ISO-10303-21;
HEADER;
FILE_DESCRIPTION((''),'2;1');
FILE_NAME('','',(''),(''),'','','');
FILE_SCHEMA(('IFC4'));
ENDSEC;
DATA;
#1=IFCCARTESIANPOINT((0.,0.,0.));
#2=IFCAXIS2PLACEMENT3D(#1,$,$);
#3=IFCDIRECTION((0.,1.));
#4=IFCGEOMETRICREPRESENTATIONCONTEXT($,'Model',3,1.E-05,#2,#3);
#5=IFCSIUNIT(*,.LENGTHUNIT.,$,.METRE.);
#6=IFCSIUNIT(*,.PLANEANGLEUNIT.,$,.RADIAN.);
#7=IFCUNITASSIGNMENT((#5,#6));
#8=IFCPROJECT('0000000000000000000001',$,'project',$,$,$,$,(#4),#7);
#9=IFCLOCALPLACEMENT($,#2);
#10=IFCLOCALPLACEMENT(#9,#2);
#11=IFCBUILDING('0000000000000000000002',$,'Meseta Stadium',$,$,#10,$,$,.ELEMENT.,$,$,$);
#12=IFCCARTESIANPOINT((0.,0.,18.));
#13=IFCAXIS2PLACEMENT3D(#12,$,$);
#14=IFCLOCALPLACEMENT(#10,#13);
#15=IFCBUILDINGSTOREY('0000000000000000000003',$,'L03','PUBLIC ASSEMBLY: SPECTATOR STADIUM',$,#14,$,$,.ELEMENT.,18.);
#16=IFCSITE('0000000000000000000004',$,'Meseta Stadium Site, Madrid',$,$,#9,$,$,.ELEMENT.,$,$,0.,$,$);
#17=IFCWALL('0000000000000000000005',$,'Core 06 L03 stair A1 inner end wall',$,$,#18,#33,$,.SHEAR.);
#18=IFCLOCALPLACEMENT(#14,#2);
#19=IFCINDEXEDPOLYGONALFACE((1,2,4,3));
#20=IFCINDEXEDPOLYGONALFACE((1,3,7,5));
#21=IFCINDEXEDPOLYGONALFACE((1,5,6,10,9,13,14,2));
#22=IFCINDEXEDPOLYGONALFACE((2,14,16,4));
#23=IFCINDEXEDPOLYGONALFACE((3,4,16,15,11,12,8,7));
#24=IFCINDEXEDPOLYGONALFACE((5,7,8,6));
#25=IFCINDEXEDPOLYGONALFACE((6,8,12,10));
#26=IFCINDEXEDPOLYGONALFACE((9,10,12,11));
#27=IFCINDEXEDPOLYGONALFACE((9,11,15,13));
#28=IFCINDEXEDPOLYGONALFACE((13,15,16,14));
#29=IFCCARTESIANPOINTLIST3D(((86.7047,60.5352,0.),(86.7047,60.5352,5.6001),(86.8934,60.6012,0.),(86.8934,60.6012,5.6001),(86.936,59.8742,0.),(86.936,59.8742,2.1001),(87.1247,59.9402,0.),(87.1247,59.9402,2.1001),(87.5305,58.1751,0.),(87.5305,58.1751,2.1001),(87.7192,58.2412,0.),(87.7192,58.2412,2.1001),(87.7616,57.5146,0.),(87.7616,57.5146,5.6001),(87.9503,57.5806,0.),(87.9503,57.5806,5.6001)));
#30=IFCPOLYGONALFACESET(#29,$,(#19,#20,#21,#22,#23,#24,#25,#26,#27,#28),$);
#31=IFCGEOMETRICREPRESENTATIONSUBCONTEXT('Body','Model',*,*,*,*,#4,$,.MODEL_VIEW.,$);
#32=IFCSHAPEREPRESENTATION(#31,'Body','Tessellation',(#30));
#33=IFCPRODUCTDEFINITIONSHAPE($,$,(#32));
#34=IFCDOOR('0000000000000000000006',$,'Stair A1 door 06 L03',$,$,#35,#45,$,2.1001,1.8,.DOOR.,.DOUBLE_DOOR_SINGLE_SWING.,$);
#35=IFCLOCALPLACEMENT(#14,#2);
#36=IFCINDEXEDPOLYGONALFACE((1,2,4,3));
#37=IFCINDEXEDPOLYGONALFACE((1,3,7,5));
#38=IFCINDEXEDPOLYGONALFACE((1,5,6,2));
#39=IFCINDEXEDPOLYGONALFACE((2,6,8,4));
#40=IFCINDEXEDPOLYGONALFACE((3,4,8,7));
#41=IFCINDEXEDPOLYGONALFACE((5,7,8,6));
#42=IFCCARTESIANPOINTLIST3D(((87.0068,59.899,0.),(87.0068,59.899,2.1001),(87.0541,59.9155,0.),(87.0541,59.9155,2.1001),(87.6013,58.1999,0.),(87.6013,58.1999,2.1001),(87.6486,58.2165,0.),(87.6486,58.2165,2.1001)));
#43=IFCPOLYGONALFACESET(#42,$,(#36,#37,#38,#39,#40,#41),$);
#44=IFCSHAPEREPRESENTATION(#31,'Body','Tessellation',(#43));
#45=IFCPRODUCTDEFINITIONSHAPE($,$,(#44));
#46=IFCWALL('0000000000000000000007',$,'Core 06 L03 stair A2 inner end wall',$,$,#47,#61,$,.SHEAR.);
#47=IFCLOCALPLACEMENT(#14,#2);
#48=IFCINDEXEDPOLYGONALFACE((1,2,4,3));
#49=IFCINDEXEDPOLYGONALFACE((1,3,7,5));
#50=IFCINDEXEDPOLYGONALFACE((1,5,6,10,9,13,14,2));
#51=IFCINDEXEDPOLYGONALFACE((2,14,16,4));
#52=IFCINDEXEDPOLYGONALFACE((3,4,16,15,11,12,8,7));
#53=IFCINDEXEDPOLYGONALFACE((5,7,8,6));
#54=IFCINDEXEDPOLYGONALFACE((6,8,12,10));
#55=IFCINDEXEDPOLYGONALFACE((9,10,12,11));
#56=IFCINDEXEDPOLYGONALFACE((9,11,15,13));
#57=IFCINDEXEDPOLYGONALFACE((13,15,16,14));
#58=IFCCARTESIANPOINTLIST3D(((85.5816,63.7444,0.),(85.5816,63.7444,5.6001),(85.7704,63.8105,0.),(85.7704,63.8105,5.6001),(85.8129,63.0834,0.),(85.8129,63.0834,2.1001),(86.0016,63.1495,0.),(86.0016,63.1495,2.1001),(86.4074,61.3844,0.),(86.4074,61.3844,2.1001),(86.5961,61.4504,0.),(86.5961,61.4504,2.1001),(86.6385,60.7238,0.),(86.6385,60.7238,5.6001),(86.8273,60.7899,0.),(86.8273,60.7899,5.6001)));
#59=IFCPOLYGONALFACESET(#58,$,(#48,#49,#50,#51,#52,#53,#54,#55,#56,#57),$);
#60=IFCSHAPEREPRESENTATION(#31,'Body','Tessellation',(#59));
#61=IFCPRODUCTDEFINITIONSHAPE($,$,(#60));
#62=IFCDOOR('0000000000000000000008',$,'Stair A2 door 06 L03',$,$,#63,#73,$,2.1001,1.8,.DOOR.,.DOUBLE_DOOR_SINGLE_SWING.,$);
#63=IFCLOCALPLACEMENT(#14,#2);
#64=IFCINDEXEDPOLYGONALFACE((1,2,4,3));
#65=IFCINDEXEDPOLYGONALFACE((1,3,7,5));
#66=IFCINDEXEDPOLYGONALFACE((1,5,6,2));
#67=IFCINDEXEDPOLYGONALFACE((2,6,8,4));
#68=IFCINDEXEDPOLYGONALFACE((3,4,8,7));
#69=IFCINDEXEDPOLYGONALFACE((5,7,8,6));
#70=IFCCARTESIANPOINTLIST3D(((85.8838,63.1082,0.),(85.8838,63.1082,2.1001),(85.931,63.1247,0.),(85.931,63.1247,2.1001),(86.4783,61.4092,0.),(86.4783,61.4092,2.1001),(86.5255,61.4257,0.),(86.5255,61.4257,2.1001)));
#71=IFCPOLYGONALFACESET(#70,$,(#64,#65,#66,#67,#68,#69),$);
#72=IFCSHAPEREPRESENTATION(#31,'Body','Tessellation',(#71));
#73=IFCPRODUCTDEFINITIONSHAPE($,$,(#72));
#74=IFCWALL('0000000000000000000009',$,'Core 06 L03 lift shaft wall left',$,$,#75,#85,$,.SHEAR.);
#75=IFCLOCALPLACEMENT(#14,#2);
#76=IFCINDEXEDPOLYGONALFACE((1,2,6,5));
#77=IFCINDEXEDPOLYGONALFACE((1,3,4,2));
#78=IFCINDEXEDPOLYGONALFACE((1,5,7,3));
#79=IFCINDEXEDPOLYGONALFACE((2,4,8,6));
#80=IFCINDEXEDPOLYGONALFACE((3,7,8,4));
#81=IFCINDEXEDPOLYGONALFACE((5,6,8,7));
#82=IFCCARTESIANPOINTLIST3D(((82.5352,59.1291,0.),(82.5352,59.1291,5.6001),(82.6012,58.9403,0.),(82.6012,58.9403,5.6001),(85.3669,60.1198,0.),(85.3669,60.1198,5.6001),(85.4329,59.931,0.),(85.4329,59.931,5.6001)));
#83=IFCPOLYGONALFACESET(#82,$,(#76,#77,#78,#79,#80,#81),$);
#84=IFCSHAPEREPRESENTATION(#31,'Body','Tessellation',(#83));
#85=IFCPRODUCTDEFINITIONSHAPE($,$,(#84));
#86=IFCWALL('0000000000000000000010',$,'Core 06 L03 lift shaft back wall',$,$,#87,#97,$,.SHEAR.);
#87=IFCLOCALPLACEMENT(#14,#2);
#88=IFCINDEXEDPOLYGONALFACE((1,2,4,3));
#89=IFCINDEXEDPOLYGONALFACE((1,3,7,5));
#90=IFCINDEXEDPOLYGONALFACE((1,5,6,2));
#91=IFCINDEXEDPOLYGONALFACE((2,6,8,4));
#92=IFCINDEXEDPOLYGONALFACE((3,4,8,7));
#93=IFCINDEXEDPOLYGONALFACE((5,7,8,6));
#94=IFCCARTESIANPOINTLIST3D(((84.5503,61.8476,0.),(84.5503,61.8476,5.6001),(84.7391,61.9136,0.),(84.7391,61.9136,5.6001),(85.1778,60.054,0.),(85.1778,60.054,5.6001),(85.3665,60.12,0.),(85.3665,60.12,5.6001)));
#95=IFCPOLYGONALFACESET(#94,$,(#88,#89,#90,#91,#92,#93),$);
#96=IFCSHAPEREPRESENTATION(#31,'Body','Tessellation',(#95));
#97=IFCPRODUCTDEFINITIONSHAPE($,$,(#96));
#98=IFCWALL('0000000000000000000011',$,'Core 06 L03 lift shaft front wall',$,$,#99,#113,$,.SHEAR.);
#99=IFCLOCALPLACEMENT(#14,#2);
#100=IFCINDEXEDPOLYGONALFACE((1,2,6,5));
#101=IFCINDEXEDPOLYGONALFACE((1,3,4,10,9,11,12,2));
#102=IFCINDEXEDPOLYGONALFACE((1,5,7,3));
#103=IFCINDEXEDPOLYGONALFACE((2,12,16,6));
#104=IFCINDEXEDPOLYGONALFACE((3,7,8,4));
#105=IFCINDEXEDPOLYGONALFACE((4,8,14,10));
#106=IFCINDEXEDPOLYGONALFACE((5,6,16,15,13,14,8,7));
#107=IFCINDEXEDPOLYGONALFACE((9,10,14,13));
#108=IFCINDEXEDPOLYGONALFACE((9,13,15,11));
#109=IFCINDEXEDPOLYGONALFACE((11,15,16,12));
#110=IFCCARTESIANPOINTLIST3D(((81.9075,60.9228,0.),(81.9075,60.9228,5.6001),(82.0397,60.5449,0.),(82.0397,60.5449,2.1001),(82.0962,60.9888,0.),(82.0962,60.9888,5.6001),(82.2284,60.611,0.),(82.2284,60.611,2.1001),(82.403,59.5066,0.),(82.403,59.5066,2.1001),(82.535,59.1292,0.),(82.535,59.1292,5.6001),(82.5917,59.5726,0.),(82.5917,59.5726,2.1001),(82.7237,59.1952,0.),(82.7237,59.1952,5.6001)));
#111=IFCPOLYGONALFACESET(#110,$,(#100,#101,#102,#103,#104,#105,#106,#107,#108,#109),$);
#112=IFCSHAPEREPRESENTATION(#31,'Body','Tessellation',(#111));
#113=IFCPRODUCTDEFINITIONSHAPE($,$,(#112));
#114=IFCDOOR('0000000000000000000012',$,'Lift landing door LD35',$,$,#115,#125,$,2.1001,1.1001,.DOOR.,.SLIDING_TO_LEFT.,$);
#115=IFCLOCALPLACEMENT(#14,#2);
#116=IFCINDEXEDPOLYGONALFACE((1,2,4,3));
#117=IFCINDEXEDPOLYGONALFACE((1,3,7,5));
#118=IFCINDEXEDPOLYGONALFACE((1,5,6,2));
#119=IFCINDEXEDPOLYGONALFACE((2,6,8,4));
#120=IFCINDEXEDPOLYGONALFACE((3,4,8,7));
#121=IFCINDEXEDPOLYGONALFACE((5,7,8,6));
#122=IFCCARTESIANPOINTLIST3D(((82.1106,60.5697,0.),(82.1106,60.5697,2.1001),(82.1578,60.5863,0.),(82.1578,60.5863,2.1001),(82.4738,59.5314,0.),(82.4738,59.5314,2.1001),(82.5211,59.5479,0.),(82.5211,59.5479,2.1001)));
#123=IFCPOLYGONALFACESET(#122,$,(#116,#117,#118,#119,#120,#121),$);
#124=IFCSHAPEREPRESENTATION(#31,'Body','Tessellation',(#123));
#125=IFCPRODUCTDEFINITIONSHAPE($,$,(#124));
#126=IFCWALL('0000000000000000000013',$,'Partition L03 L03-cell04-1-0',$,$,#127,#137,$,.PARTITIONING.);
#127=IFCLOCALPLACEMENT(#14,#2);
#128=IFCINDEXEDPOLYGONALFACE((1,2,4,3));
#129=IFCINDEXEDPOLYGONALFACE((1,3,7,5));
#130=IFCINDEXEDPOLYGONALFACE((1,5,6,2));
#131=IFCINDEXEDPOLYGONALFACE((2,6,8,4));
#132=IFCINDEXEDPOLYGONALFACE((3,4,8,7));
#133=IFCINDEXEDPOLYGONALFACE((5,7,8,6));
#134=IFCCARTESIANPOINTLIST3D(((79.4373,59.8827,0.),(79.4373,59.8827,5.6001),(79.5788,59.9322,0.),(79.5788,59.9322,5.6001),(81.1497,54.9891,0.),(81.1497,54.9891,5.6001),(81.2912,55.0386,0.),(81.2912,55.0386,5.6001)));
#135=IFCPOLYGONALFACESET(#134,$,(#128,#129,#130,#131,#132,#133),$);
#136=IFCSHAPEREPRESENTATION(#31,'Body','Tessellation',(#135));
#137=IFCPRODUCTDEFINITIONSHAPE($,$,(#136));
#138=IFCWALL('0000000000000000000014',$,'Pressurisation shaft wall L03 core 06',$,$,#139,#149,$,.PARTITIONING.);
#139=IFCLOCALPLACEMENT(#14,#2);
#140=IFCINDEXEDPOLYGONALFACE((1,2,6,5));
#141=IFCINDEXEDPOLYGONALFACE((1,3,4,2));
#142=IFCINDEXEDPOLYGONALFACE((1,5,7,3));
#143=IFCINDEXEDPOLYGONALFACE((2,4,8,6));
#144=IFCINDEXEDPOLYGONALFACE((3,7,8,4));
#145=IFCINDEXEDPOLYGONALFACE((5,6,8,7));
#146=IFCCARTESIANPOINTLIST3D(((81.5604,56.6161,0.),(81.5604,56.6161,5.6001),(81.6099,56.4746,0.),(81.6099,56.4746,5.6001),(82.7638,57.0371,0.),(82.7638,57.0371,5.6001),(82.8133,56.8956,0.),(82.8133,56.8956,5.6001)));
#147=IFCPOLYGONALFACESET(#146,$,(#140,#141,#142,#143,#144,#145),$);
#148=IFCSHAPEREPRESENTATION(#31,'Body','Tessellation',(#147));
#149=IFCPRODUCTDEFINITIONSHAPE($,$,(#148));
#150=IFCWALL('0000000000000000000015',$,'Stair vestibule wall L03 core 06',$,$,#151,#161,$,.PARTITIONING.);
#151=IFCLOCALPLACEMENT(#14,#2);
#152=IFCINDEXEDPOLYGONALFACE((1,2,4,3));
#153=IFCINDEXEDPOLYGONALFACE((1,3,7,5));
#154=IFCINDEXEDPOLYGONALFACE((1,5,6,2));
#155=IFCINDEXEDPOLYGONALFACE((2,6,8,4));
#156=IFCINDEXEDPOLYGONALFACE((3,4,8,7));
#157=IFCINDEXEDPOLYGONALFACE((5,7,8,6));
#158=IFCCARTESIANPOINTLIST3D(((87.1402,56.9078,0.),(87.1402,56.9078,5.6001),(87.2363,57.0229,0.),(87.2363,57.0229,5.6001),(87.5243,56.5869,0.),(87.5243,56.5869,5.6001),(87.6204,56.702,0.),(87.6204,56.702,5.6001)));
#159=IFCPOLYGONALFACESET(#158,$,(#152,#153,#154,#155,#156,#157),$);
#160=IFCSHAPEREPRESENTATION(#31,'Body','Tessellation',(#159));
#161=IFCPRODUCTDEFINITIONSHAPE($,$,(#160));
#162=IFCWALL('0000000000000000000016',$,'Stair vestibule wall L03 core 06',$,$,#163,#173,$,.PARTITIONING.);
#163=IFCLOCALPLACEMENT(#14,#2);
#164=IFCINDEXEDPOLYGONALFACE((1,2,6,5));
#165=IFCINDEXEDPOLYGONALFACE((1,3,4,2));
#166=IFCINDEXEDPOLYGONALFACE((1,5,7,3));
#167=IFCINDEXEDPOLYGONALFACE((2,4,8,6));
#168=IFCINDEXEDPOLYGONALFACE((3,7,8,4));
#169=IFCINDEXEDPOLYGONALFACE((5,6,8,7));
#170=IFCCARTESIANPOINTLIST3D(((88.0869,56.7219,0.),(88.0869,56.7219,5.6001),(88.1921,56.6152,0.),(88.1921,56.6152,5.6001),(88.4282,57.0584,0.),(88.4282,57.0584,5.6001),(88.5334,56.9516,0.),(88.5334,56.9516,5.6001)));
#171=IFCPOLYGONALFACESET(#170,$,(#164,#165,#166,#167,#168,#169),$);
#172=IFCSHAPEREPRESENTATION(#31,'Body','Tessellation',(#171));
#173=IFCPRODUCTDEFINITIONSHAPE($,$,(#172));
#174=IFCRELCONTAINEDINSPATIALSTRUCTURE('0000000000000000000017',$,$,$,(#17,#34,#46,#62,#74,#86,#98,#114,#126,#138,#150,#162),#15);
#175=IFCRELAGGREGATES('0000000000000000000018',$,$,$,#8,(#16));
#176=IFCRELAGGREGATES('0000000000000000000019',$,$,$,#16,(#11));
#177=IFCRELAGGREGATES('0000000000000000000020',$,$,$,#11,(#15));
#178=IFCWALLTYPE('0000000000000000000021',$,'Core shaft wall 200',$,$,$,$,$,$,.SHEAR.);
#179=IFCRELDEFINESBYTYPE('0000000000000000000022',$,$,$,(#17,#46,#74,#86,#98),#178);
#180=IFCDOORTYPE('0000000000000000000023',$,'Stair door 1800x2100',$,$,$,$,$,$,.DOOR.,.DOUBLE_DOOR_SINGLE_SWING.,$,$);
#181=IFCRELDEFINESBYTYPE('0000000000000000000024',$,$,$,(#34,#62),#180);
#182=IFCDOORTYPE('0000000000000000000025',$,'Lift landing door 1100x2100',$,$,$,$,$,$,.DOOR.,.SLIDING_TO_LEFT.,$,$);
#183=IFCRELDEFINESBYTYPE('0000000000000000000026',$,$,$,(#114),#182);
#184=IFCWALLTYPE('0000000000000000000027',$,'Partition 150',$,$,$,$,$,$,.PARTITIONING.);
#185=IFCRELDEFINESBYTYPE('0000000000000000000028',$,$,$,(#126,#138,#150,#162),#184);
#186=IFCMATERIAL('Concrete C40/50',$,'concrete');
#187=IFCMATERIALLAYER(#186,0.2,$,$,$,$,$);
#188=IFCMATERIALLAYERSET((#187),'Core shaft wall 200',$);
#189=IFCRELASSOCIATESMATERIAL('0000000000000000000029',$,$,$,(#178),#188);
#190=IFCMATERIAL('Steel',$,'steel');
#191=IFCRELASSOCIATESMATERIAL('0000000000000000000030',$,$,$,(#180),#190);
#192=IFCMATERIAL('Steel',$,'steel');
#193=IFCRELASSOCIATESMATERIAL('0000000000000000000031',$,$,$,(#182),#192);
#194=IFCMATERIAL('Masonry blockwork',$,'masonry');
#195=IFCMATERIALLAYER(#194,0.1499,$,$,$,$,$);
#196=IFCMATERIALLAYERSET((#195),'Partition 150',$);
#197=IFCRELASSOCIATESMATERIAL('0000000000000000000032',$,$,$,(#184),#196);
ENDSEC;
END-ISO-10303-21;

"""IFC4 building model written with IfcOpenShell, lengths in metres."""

from ifc_helpers import new_model, si_unit, direction, frame, frame_2d, origin, place, context, subcontext, project, spatial, rectangle, extrude, material, layer, layer_set, type_object, element, fill, save


model = new_model("IFC4")

# Units and contexts
model_context = context("Model", 3, precision=1e-05, world=origin(), true_north=direction((0.0, 1.0)))
body_context = subcontext(model_context, "Body", "Model", "MODEL_VIEW")
ifc_project = project(units=[si_unit("LENGTHUNIT", "METRE"), si_unit("PLANEANGLEUNIT", "RADIAN")], contexts=[model_context])

# Site, building, storey
site_placement = place(None, origin())
site = spatial("IfcSite", under=ifc_project, at=site_placement, Name="Meseta Stadium Site, Madrid", CompositionType="ELEMENT", RefElevation=0.0)
building_placement = place(site_placement, origin())
building = spatial("IfcBuilding", under=site, at=building_placement, Name="Meseta Stadium", CompositionType="ELEMENT")
storey_placement = place(building_placement, frame((0.0, 0.0, 18.0)))
storey = spatial("IfcBuildingStorey", under=building, at=storey_placement, Name="L03", Description="PUBLIC ASSEMBLY: SPECTATOR STADIUM", CompositionType="ELEMENT", Elevation=18.0)

# Walls, openings, doors
ifc_material_1 = material(Name="Concrete C40/50", Category="concrete")
ifc_layer_1 = layer(ifc_material_1, 0.2)
ifc_layer_set_1 = layer_set([ifc_layer_1], Name="Core shaft wall 200")
wall_type_1 = type_object("IfcWallType", Name="Core shaft wall 200", PredefinedType="SHEAR", material=ifc_layer_set_1)
wall_1_placement = place(storey_placement, frame((87.856, 57.5476, 0.0), z_axis=(0.0, 0.0, 1.0), x_axis=(-0.330269, 0.943887, 0.0)))
wall_1 = element("IfcWall", 1, at=wall_1_placement, inside=storey, type_object=wall_type_1, Name="Core 06 L03 stair A1 inner end wall", PredefinedType="SHEAR", context=body_context, shape_type="SweptSolid", body=[
    extrude(rectangle(XDim=3.2002, YDim=0.2, at=frame_2d((1.6001, 0.0))), origin(), (0.0, 0.0, 1.0), 5.6001),
])
opening_1_placement = place(wall_1_placement, frame((0.7, 0.0, 0.0)))
opening_1 = element("IfcOpeningElement", 2, at=opening_1_placement, cuts=wall_1, PredefinedType="OPENING", context=body_context, shape_type="SweptSolid", body=[
    extrude(rectangle(XDim=1.8, YDim=2.1001, at=frame_2d((0.8999, 1.05))), frame((0.0, 0.1099, 0.0), z_axis=(0.0, -1.0, 0.0), x_axis=(1.0, 0.0, 0.0)), (0.0, 0.0, 1.0), 0.22),
])
ifc_material_2 = material(Name="Steel", Category="steel")
door_type_1 = type_object("IfcDoorType", Name="Stair door 1800x2100", OperationType="DOUBLE_DOOR_SINGLE_SWING", PredefinedType="DOOR", material=ifc_material_2)
door_1_placement = place(opening_1_placement, origin())
door_1 = element("IfcDoor", 3, at=door_1_placement, inside=storey, type_object=door_type_1, Name="Stair A1 door 06 L03", OperationType="DOUBLE_DOOR_SINGLE_SWING", OverallHeight=2.1001, OverallWidth=1.8, PredefinedType="DOOR", context=body_context, shape_type="SweptSolid", body=[
    extrude(rectangle(XDim=1.8, YDim=2.1001, at=frame_2d((0.8999, 1.05))), frame((0.0, 0.0249, 0.0), z_axis=(0.0, -1.0, 0.0), x_axis=(1.0, 0.0, 0.0)), (0.0, 0.0, 1.0), 0.05),
])
fill(opening_1, door_1)
wall_2_placement = place(storey_placement, frame((86.7329, 60.7568, 0.0), z_axis=(0.0, 0.0, 1.0), x_axis=(-0.330269, 0.943887, 0.0)))
wall_2 = element("IfcWall", 4, at=wall_2_placement, inside=storey, type_object=wall_type_1, Name="Core 06 L03 stair A2 inner end wall", PredefinedType="SHEAR", context=body_context, shape_type="SweptSolid", body=[
    extrude(rectangle(XDim=3.2002, YDim=0.2, at=frame_2d((1.6001, 0.0))), origin(), (0.0, 0.0, 1.0), 5.6001),
])
opening_2_placement = place(wall_2_placement, frame((0.7, 0.0, 0.0)))
opening_2 = element("IfcOpeningElement", 5, at=opening_2_placement, cuts=wall_2, PredefinedType="OPENING", context=body_context, shape_type="SweptSolid", body=[
    extrude(rectangle(XDim=1.8, YDim=2.1001, at=frame_2d((0.8999, 1.05))), frame((0.0, 0.1099, 0.0), z_axis=(0.0, -1.0, 0.0), x_axis=(1.0, 0.0, 0.0)), (0.0, 0.0, 1.0), 0.22),
])
door_2_placement = place(opening_2_placement, origin())
door_2 = element("IfcDoor", 6, at=door_2_placement, inside=storey, type_object=door_type_1, Name="Stair A2 door 06 L03", OperationType="DOUBLE_DOOR_SINGLE_SWING", OverallHeight=2.1001, OverallWidth=1.8, PredefinedType="DOOR", context=body_context, shape_type="SweptSolid", body=[
    extrude(rectangle(XDim=1.8, YDim=2.1001, at=frame_2d((0.8999, 1.05))), frame((0.0, 0.0249, 0.0), z_axis=(0.0, -1.0, 0.0), x_axis=(1.0, 0.0, 0.0)), (0.0, 0.0, 1.0), 0.05),
])
fill(opening_2, door_2)

# Walls
wall_3_placement = place(storey_placement, frame((85.3999, 60.0254, 0.0), z_axis=(0.0, 0.0, 1.0), x_axis=(-0.9439, -0.330231, 0.0)))
element("IfcWall", 7, at=wall_3_placement, inside=storey, type_object=wall_type_1, Name="Core 06 L03 lift shaft wall left", PredefinedType="SHEAR", context=body_context, shape_type="SweptSolid", body=[
    extrude(rectangle(XDim=3.0, YDim=0.2, at=frame_2d((1.5, 0.0))), origin(), (0.0, 0.0, 1.0), 5.6001),
])
wall_4_placement = place(storey_placement, frame((85.2722, 60.0869, 0.0), z_axis=(0.0, 0.0, 1.0), x_axis=(-0.330225, 0.943902, 0.0)))
element("IfcWall", 8, at=wall_4_placement, inside=storey, type_object=wall_type_1, Name="Core 06 L03 lift shaft back wall", PredefinedType="SHEAR", context=body_context, shape_type="SweptSolid", body=[
    extrude(rectangle(XDim=1.9001, YDim=0.2, at=frame_2d((0.9502, 0.0))), origin(), (0.0, 0.0, 1.0), 5.6001),
])

# Wall, opening, door
wall_5_placement = place(storey_placement, frame((82.6294, 59.1621, 0.0), z_axis=(0.0, 0.0, 1.0), x_axis=(-0.330225, 0.943902, 0.0)))
wall_5 = element("IfcWall", 9, at=wall_5_placement, inside=storey, type_object=wall_type_1, Name="Core 06 L03 lift shaft front wall", PredefinedType="SHEAR", context=body_context, shape_type="SweptSolid", body=[
    extrude(rectangle(XDim=1.9001, YDim=0.2, at=frame_2d((0.9502, 0.0))), origin(), (0.0, 0.0, 1.0), 5.6001),
])
opening_3_placement = place(wall_5_placement, frame((0.3999, 0.0, 0.0)))
opening_3 = element("IfcOpeningElement", 10, at=opening_3_placement, cuts=wall_5, PredefinedType="OPENING", context=body_context, shape_type="SweptSolid", body=[
    extrude(rectangle(XDim=1.1001, YDim=2.1001, at=frame_2d((0.55, 1.05))), frame((0.0, 0.1099, 0.0), z_axis=(0.0, -1.0, 0.0), x_axis=(1.0, 0.0, 0.0)), (0.0, 0.0, 1.0), 0.22),
])
ifc_material_3 = material(Name="Steel", Category="steel")
door_type_2 = type_object("IfcDoorType", Name="Lift landing door 1100x2100", OperationType="SLIDING_TO_LEFT", PredefinedType="DOOR", material=ifc_material_3)
door_3_placement = place(opening_3_placement, origin())
door_3 = element("IfcDoor", 11, at=door_3_placement, inside=storey, type_object=door_type_2, Name="Lift landing door LD35", OperationType="SLIDING_TO_LEFT", OverallHeight=2.1001, OverallWidth=1.1001, PredefinedType="DOOR", context=body_context, shape_type="SweptSolid", body=[
    extrude(rectangle(XDim=1.1001, YDim=2.1001, at=frame_2d((0.55, 1.05))), frame((0.0, 0.0249, 0.0), z_axis=(0.0, -1.0, 0.0), x_axis=(1.0, 0.0, 0.0)), (0.0, 0.0, 1.0), 0.05),
])
fill(opening_3, door_3)

# Walls
ifc_material_4 = material(Name="Masonry blockwork", Category="masonry")
ifc_layer_2 = layer(ifc_material_4, 0.1499)
ifc_layer_set_2 = layer_set([ifc_layer_2], Name="Partition 150")
wall_type_2 = type_object("IfcWallType", Name="Partition 150", PredefinedType="PARTITIONING", material=ifc_layer_set_2)
wall_6_placement = place(storey_placement, frame((79.5081, 59.9075, 0.0), z_axis=(0.0, 0.0, 1.0), x_axis=(0.330292, -0.943879, 0.0)))
element("IfcWall", 12, at=wall_6_placement, inside=storey, type_object=wall_type_2, Name="Partition L03 L03-cell04-1-0", PredefinedType="PARTITIONING", context=body_context, shape_type="SweptSolid", body=[
    extrude(rectangle(XDim=5.1846, YDim=0.1499, at=frame_2d((2.5923, 0.0))), origin(), (0.0, 0.0, 1.0), 5.6001),
])
wall_7_placement = place(storey_placement, frame((82.7886, 56.9663, 0.0), z_axis=(0.0, 0.0, 1.0), x_axis=(-0.943927, -0.330154, 0.0)))
element("IfcWall", 13, at=wall_7_placement, inside=storey, type_object=wall_type_2, Name="Pressurisation shaft wall L03 core 06", PredefinedType="PARTITIONING", context=body_context, shape_type="SweptSolid", body=[
    extrude(rectangle(XDim=1.2749, YDim=0.1499, at=frame_2d((0.6375, 0.0))), origin(), (0.0, 0.0, 1.0), 5.6001),
])
wall_8_placement = place(storey_placement, frame((87.1882, 56.9653, 0.0), z_axis=(0.0, 0.0, 1.0), x_axis=(0.767461, -0.641096, 0.0)))
element("IfcWall", 14, at=wall_8_placement, inside=storey, type_object=wall_type_2, Name="Stair vestibule wall L03 core 06", PredefinedType="PARTITIONING", context=body_context, shape_type="SweptSolid", body=[
    extrude(rectangle(XDim=0.5005, YDim=0.1499, at=frame_2d((0.2502, 0.0))), origin(), (0.0, 0.0, 1.0), 5.6001),
])
wall_9_placement = place(storey_placement, frame((88.1394, 56.6685, 0.0), z_axis=(0.0, 0.0, 1.0), x_axis=(0.712183, 0.701994, 0.0)))
element("IfcWall", 15, at=wall_9_placement, inside=storey, type_object=wall_type_2, Name="Stair vestibule wall L03 core 06", PredefinedType="PARTITIONING", context=body_context, shape_type="SweptSolid", body=[
    extrude(rectangle(XDim=0.4792, YDim=0.1499, at=frame_2d((0.2397, 0.0))), origin(), (0.0, 0.0, 1.0), 5.6001),
])

save(model, "model.ifc")
